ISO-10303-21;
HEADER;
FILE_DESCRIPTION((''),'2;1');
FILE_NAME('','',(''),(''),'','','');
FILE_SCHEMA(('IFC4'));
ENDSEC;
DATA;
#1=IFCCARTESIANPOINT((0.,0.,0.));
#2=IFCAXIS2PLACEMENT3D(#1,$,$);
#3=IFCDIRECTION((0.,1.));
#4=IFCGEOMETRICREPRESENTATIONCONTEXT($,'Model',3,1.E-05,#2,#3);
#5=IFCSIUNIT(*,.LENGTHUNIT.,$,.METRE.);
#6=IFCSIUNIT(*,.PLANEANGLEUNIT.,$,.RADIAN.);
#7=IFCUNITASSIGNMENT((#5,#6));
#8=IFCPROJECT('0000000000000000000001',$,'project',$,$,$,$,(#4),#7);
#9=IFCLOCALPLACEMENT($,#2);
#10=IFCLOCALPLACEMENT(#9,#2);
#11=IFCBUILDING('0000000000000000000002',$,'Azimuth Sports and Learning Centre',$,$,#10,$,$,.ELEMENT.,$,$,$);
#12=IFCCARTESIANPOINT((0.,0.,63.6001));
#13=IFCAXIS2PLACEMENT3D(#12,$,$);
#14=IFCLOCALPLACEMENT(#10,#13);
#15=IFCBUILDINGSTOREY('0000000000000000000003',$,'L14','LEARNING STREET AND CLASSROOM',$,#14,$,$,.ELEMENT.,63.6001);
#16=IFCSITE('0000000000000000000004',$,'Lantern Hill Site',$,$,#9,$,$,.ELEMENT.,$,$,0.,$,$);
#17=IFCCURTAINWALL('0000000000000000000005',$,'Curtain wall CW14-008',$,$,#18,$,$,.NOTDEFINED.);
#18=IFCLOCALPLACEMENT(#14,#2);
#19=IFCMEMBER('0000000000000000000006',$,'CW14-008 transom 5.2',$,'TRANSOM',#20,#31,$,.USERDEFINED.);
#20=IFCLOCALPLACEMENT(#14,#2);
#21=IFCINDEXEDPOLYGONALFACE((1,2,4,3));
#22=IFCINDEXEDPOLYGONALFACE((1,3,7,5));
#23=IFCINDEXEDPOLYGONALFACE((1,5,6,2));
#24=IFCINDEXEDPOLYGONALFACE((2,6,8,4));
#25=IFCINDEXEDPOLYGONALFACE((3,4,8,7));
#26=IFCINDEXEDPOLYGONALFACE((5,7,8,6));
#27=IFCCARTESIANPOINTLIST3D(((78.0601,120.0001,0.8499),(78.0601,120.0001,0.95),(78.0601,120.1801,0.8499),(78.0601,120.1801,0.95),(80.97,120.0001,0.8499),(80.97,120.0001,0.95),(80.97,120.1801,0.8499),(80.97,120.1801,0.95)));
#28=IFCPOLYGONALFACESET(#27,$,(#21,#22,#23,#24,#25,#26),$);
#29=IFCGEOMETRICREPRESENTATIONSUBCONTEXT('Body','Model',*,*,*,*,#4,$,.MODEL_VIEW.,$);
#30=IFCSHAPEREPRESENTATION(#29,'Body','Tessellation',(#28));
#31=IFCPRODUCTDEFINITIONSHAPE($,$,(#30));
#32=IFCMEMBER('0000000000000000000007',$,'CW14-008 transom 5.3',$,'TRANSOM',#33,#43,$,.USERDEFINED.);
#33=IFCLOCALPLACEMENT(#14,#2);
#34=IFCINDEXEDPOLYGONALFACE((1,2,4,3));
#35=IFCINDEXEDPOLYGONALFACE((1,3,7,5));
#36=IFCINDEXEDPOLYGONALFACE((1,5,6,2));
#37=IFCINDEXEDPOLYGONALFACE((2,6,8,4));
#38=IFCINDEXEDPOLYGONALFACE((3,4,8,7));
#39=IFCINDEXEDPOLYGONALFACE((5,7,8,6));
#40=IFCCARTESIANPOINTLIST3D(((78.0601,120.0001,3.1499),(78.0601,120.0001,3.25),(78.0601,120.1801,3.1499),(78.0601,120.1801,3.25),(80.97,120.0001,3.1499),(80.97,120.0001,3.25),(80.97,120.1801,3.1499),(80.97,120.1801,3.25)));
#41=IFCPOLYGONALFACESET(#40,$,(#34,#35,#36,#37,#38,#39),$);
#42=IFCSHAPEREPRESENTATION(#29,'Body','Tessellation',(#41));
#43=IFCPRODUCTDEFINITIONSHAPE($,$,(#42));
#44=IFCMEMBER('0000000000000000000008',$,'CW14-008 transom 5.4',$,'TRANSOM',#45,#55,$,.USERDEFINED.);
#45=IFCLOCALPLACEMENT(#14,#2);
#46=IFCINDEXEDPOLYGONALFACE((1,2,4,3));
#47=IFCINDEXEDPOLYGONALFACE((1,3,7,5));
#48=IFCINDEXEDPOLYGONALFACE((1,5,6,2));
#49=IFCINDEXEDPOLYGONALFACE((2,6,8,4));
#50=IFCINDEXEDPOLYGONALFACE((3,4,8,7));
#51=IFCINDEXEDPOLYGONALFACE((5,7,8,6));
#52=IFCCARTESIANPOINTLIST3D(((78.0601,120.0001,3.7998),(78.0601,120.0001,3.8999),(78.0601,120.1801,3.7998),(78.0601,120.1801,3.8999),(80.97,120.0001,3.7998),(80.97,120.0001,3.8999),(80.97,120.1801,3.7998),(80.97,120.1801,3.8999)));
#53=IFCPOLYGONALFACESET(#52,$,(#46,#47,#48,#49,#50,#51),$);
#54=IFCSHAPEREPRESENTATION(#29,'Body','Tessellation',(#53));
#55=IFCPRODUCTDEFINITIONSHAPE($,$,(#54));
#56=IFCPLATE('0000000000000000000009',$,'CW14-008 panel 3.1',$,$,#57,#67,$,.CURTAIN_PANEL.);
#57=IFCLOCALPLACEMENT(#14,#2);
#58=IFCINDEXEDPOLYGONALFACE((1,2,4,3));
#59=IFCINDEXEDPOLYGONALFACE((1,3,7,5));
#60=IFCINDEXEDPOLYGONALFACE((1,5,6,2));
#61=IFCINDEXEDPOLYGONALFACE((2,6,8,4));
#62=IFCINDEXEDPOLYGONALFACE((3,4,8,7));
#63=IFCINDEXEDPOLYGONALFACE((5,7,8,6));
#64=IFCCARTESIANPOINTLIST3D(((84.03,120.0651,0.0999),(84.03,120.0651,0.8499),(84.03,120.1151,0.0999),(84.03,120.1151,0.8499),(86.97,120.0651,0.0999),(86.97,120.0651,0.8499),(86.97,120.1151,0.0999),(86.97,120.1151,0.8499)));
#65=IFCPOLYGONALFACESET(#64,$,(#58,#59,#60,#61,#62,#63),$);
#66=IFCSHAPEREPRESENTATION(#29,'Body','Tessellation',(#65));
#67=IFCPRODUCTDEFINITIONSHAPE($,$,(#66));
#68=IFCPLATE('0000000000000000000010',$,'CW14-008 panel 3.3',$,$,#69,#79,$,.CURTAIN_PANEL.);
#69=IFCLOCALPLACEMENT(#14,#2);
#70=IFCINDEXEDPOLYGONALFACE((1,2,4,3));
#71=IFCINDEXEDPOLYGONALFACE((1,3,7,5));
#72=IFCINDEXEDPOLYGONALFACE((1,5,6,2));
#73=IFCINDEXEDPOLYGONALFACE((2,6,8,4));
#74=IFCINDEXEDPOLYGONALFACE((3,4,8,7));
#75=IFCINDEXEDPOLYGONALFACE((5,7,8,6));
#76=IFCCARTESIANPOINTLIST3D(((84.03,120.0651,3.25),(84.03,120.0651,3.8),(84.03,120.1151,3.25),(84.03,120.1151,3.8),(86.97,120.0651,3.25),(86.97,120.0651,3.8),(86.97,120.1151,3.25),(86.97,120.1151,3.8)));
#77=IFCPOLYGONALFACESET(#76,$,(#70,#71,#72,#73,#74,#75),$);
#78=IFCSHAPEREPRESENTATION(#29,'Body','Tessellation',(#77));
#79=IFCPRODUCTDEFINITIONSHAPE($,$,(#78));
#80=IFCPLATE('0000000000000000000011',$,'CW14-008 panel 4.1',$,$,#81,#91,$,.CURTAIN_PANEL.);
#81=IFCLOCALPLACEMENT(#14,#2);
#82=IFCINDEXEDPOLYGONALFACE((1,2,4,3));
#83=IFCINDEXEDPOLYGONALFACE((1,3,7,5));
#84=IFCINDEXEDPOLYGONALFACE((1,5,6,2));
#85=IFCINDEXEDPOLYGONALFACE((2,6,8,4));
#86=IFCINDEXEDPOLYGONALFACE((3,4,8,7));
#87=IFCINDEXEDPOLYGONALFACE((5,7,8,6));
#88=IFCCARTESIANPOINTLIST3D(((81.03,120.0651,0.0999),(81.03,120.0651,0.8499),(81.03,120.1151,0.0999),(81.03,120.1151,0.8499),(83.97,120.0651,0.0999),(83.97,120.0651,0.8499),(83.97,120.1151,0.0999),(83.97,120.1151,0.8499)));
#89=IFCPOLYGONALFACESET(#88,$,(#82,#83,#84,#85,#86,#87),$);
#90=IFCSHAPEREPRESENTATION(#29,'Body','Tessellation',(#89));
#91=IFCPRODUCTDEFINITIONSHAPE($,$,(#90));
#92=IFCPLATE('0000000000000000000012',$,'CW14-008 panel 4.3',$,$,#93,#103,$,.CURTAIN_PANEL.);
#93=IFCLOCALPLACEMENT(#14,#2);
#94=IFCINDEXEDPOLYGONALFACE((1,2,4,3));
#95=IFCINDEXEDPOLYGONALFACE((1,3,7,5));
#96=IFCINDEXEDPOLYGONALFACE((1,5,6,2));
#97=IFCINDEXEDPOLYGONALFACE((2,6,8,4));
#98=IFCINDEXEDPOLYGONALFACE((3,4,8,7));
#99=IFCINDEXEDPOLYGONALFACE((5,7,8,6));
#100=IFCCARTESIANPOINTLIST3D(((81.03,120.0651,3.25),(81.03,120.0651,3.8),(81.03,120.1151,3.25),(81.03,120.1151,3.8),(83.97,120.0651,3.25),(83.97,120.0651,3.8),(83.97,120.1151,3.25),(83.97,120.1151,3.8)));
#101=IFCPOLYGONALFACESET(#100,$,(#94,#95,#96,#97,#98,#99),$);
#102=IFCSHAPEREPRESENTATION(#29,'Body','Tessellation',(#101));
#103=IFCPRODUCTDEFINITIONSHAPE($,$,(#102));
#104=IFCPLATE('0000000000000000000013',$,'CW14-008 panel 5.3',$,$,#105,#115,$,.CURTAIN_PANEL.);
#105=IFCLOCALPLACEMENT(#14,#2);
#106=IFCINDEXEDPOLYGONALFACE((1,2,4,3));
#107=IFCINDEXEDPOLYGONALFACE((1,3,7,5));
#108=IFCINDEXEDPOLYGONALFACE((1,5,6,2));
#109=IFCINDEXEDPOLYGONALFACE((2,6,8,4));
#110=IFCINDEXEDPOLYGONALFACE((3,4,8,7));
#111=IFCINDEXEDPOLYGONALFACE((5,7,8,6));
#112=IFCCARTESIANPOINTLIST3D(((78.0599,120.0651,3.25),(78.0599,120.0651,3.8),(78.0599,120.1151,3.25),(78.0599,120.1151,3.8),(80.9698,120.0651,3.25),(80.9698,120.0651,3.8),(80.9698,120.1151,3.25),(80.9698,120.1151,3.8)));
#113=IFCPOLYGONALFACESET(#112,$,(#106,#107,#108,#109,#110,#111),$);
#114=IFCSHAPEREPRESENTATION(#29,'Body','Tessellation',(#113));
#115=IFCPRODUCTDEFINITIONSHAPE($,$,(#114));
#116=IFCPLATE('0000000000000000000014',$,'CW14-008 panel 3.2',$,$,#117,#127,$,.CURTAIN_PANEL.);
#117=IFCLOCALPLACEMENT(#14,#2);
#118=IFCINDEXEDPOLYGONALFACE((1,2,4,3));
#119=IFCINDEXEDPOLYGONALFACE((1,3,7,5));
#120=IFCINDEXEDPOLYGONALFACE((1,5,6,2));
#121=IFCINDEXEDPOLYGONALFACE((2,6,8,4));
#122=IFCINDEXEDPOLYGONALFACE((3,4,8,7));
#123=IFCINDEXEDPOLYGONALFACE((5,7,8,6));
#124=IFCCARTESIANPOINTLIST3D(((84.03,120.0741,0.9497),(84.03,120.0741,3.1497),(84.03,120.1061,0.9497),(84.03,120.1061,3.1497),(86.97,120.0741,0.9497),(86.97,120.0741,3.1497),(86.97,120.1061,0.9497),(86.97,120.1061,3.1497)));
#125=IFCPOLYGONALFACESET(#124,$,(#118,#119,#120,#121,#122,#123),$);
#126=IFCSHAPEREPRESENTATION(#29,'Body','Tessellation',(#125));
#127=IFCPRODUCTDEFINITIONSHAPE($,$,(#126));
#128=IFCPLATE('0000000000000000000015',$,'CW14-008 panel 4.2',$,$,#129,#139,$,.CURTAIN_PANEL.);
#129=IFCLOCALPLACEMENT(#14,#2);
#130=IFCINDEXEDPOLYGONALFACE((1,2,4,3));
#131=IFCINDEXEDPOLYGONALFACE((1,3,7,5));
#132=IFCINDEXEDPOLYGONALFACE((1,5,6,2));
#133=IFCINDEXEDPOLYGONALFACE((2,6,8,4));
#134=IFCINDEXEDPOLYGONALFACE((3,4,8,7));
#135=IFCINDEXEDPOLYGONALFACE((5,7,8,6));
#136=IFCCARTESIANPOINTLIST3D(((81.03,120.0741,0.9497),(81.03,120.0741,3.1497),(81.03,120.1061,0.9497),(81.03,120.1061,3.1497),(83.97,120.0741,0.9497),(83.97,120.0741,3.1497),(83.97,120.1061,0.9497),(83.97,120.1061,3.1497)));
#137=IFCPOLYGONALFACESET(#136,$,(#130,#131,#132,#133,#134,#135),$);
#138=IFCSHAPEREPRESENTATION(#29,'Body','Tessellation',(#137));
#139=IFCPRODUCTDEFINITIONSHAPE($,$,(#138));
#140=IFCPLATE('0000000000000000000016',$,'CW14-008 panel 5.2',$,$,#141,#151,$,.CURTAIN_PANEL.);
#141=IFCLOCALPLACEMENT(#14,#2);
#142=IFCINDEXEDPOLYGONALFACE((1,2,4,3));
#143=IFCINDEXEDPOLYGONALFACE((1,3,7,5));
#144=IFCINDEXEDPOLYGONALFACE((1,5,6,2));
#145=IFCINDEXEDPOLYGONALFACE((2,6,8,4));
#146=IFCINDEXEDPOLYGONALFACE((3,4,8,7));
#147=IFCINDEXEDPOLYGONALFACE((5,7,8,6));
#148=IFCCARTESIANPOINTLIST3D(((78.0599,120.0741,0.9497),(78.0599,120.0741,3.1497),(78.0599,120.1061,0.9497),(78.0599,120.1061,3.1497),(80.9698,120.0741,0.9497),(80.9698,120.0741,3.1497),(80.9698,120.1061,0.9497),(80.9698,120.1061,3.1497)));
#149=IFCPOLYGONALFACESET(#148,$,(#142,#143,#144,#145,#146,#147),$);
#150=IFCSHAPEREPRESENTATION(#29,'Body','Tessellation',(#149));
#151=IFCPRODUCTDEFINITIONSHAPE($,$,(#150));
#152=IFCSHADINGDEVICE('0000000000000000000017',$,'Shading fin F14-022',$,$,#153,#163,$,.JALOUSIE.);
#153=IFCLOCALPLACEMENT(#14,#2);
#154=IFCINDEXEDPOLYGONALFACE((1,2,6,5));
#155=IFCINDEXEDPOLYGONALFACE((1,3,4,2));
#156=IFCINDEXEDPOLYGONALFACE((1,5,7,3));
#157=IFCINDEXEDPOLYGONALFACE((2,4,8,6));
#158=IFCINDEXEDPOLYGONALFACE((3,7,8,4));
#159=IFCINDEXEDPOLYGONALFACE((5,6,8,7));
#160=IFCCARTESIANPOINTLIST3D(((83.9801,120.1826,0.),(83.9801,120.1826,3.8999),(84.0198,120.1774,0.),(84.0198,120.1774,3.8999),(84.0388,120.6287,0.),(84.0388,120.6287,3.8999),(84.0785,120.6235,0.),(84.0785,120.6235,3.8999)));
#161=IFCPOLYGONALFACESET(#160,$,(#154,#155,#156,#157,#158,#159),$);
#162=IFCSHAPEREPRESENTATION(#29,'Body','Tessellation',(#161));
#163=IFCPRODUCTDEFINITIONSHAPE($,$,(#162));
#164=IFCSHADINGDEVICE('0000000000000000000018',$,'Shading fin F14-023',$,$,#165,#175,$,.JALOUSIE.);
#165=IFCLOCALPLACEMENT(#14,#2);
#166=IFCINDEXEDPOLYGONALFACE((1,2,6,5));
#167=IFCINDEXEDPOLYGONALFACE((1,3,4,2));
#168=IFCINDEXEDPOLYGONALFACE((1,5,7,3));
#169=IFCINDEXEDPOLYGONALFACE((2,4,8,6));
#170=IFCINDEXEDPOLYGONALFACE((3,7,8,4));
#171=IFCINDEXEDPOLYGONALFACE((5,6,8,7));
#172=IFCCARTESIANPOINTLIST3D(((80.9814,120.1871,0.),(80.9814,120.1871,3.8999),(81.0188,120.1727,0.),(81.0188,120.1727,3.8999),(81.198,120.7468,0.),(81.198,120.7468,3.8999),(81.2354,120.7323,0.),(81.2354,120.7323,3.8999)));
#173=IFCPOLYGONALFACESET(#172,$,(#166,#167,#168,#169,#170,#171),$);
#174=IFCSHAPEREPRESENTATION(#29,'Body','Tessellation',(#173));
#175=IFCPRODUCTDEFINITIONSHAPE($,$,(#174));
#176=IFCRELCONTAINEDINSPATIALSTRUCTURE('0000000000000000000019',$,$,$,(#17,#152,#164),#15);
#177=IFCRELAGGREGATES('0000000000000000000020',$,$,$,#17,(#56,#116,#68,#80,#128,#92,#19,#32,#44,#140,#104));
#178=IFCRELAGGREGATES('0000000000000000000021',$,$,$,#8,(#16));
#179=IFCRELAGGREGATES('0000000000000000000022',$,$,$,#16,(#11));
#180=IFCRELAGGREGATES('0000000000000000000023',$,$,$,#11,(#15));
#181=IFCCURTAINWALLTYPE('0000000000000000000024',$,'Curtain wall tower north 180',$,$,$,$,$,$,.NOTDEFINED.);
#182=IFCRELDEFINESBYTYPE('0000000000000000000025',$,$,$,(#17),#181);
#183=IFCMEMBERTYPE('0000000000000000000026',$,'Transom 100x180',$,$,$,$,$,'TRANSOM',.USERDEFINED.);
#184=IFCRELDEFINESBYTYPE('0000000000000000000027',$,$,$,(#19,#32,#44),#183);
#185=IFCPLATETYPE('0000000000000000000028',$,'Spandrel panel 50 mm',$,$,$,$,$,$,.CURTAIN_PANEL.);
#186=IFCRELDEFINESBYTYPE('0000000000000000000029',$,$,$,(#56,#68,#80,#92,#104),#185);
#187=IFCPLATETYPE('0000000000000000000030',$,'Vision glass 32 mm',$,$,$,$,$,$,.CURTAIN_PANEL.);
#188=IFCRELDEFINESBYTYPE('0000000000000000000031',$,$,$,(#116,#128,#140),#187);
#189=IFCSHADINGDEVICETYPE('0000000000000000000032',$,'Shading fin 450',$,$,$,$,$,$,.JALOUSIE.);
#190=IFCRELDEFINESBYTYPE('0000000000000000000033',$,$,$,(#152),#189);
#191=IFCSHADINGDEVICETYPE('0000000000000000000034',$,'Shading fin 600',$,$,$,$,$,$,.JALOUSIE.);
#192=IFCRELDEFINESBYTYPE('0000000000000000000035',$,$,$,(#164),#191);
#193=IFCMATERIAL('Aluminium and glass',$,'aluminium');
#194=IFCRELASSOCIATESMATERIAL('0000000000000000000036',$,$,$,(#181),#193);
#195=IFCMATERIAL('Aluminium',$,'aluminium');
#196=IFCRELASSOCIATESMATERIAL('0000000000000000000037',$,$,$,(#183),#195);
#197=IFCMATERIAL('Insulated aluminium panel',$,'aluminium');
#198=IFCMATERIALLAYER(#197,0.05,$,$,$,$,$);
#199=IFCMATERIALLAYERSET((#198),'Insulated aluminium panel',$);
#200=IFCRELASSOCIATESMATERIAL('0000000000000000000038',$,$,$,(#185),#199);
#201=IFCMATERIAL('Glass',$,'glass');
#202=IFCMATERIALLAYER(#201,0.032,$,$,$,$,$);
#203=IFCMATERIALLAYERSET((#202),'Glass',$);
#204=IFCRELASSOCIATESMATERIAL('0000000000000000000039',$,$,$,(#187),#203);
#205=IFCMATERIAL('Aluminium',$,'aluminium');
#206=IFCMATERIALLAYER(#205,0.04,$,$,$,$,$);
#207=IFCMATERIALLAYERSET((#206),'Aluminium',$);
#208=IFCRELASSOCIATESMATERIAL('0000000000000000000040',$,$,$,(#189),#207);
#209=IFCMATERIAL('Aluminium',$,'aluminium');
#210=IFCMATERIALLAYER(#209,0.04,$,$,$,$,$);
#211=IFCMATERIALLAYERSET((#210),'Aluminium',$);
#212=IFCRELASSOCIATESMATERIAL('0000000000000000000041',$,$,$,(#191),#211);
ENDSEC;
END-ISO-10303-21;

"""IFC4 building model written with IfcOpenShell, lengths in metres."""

from ifc_helpers import new_model, si_unit, direction, frame, origin, origin_2d, place, context, subcontext, project, spatial, rectangle, extrude, material, layer, layer_set, material_profile, profile_set, type_object, element, aggregate, save


model = new_model("IFC4")

# Units and contexts
model_context = context("Model", 3, precision=1e-05, world=origin(), true_north=direction((0.0, 1.0)))
body_context = subcontext(model_context, "Body", "Model", "MODEL_VIEW")
ifc_project = project(units=[si_unit("LENGTHUNIT", "METRE"), si_unit("PLANEANGLEUNIT", "RADIAN")], contexts=[model_context])

# Site, building, storey
site_placement = place(None, origin())
site = spatial("IfcSite", under=ifc_project, at=site_placement, Name="Lantern Hill Site", CompositionType="ELEMENT", RefElevation=0.0)
building_placement = place(site_placement, origin())
building = spatial("IfcBuilding", under=site, at=building_placement, Name="Azimuth Sports and Learning Centre", CompositionType="ELEMENT")
storey_placement = place(building_placement, frame((0.0, 0.0, 63.6001)))
storey = spatial("IfcBuildingStorey", under=building, at=storey_placement, Name="L14", Description="LEARNING STREET AND CLASSROOM", CompositionType="ELEMENT", Elevation=63.6001)

# Curtain wall, members, plates
ifc_material_1 = material(Name="Aluminium and glass", Category="aluminium")
curtain_wall_type = type_object("IfcCurtainWallType", Name="Curtain wall tower north 180", PredefinedType="NOTDEFINED", material=ifc_material_1)
curtain_wall_placement = place(storey_placement, origin())
curtain_wall = element("IfcCurtainWall", 1, at=curtain_wall_placement, inside=storey, type_object=curtain_wall_type, Name="Curtain wall CW14-008", PredefinedType="NOTDEFINED")
ifc_material_2 = material(Name="Aluminium", Category="aluminium")
ifc_material_profile_1 = material_profile(ifc_material_2, rectangle(XDim=0.1799, YDim=0.1001, at=origin_2d()), Name="Transom 100x180")
ifc_profile_set_1 = profile_set([ifc_material_profile_1], Name="Aluminium")
member_type_1 = type_object("IfcMemberType", Name="Transom 100x180", ElementType="TRANSOM", PredefinedType="USERDEFINED", material=ifc_profile_set_1)
member_1_placement = place(storey_placement, frame((80.97, 120.0901, 0.8999), z_axis=(-1.0, 0.0, 0.0), x_axis=(0.0, -1.0, 0.0)))
member_1 = element("IfcMember", 2, at=member_1_placement, type_object=member_type_1, Name="CW14-008 transom 5.2", ObjectType="TRANSOM", PredefinedType="USERDEFINED", context=body_context, shape_type="SweptSolid", body=[
    extrude(rectangle(XDim=0.1799, YDim=0.1001, at=origin_2d()), origin(), (0.0, 0.0, 1.0), 2.9099),
])
member_2_placement = place(storey_placement, frame((80.97, 120.0901, 3.2), z_axis=(-1.0, 0.0, 0.0), x_axis=(0.0, -1.0, 0.0)))
member_2 = element("IfcMember", 3, at=member_2_placement, type_object=member_type_1, Name="CW14-008 transom 5.3", ObjectType="TRANSOM", PredefinedType="USERDEFINED", context=body_context, shape_type="SweptSolid", body=[
    extrude(rectangle(XDim=0.1799, YDim=0.1001, at=origin_2d()), origin(), (0.0, 0.0, 1.0), 2.9099),
])
member_3_placement = place(storey_placement, frame((80.97, 120.0901, 3.8499), z_axis=(-1.0, 0.0, 0.0), x_axis=(0.0, -1.0, 0.0)))
member_3 = element("IfcMember", 4, at=member_3_placement, type_object=member_type_1, Name="CW14-008 transom 5.4", ObjectType="TRANSOM", PredefinedType="USERDEFINED", context=body_context, shape_type="SweptSolid", body=[
    extrude(rectangle(XDim=0.1799, YDim=0.1001, at=origin_2d()), origin(), (0.0, 0.0, 1.0), 2.9099),
])
ifc_material_3 = material(Name="Insulated aluminium panel", Category="aluminium")
ifc_layer_1 = layer(ifc_material_3, 0.05)
ifc_layer_set_1 = layer_set([ifc_layer_1], Name="Insulated aluminium panel")
plate_type_1 = type_object("IfcPlateType", Name="Spandrel panel 50 mm", PredefinedType="CURTAIN_PANEL", material=ifc_layer_set_1)
plate_1_placement = place(storey_placement, frame((85.5, 120.0901, 0.0999), z_axis=(0.0, 0.0, 1.0), x_axis=(-1.0, 0.0, 0.0)))
plate_1 = element("IfcPlate", 5, at=plate_1_placement, type_object=plate_type_1, Name="CW14-008 panel 3.1", PredefinedType="CURTAIN_PANEL", context=body_context, shape_type="SweptSolid", body=[
    extrude(rectangle(XDim=2.9399, YDim=0.05, at=origin_2d()), origin(), (0.0, 0.0, 1.0), 0.75),
])
plate_2_placement = place(storey_placement, frame((85.5, 120.0901, 3.25), z_axis=(0.0, 0.0, 1.0), x_axis=(-1.0, 0.0, 0.0)))
plate_2 = element("IfcPlate", 6, at=plate_2_placement, type_object=plate_type_1, Name="CW14-008 panel 3.3", PredefinedType="CURTAIN_PANEL", context=body_context, shape_type="SweptSolid", body=[
    extrude(rectangle(XDim=2.9399, YDim=0.05, at=origin_2d()), origin(), (0.0, 0.0, 1.0), 0.55),
])
plate_3_placement = place(storey_placement, frame((82.5, 120.0901, 0.0999), z_axis=(0.0, 0.0, 1.0), x_axis=(-1.0, 0.0, 0.0)))
plate_3 = element("IfcPlate", 7, at=plate_3_placement, type_object=plate_type_1, Name="CW14-008 panel 4.1", PredefinedType="CURTAIN_PANEL", context=body_context, shape_type="SweptSolid", body=[
    extrude(rectangle(XDim=2.9399, YDim=0.05, at=origin_2d()), origin(), (0.0, 0.0, 1.0), 0.75),
])
plate_4_placement = place(storey_placement, frame((82.5, 120.0901, 3.25), z_axis=(0.0, 0.0, 1.0), x_axis=(-1.0, 0.0, 0.0)))
plate_4 = element("IfcPlate", 8, at=plate_4_placement, type_object=plate_type_1, Name="CW14-008 panel 4.3", PredefinedType="CURTAIN_PANEL", context=body_context, shape_type="SweptSolid", body=[
    extrude(rectangle(XDim=2.9399, YDim=0.05, at=origin_2d()), origin(), (0.0, 0.0, 1.0), 0.55),
])
plate_5_placement = place(storey_placement, frame((79.5149, 120.0901, 3.25), z_axis=(0.0, 0.0, 1.0), x_axis=(-1.0, 0.0, 0.0)))
plate_5 = element("IfcPlate", 9, at=plate_5_placement, type_object=plate_type_1, Name="CW14-008 panel 5.3", PredefinedType="CURTAIN_PANEL", context=body_context, shape_type="SweptSolid", body=[
    extrude(rectangle(XDim=2.9099, YDim=0.05, at=origin_2d()), origin(), (0.0, 0.0, 1.0), 0.55),
])
ifc_material_4 = material(Name="Glass", Category="glass")
ifc_layer_2 = layer(ifc_material_4, 0.032)
ifc_layer_set_2 = layer_set([ifc_layer_2], Name="Glass")
plate_type_2 = type_object("IfcPlateType", Name="Vision glass 32 mm", PredefinedType="CURTAIN_PANEL", material=ifc_layer_set_2)
plate_6_placement = place(storey_placement, frame((85.5, 120.0901, 0.9497), z_axis=(0.0, 0.0, 1.0), x_axis=(-1.0, 0.0, 0.0)))
plate_6 = element("IfcPlate", 10, at=plate_6_placement, type_object=plate_type_2, Name="CW14-008 panel 3.2", PredefinedType="CURTAIN_PANEL", context=body_context, shape_type="SweptSolid", body=[
    extrude(rectangle(XDim=2.9399, YDim=0.032, at=origin_2d()), origin(), (0.0, 0.0, 1.0), 2.2),
])
plate_7_placement = place(storey_placement, frame((82.5, 120.0901, 0.9497), z_axis=(0.0, 0.0, 1.0), x_axis=(-1.0, 0.0, 0.0)))
plate_7 = element("IfcPlate", 11, at=plate_7_placement, type_object=plate_type_2, Name="CW14-008 panel 4.2", PredefinedType="CURTAIN_PANEL", context=body_context, shape_type="SweptSolid", body=[
    extrude(rectangle(XDim=2.9399, YDim=0.032, at=origin_2d()), origin(), (0.0, 0.0, 1.0), 2.2),
])
plate_8_placement = place(storey_placement, frame((79.5149, 120.0901, 0.9497), z_axis=(0.0, 0.0, 1.0), x_axis=(-1.0, 0.0, 0.0)))
plate_8 = element("IfcPlate", 12, at=plate_8_placement, type_object=plate_type_2, Name="CW14-008 panel 5.2", PredefinedType="CURTAIN_PANEL", context=body_context, shape_type="SweptSolid", body=[
    extrude(rectangle(XDim=2.9099, YDim=0.032, at=origin_2d()), origin(), (0.0, 0.0, 1.0), 2.2),
])
aggregate(curtain_wall, [plate_1, plate_6, plate_2, plate_3, plate_7, plate_4, member_1, member_2, member_3, plate_8, plate_5])

# Shading devices
ifc_material_5 = material(Name="Aluminium", Category="aluminium")
ifc_layer_3 = layer(ifc_material_5, 0.04)
ifc_layer_set_3 = layer_set([ifc_layer_3], Name="Aluminium")
shading_device_type_1 = type_object("IfcShadingDeviceType", Name="Shading fin 450", PredefinedType="JALOUSIE", material=ifc_layer_set_3)
shading_device_1_placement = place(storey_placement, frame((84.0293, 120.4031, 0.0), z_axis=(0.0, 0.0, 1.0), x_axis=(0.130264, 0.991479, 0.0)))
element("IfcShadingDevice", 13, at=shading_device_1_placement, inside=storey, type_object=shading_device_type_1, Name="Shading fin F14-022", PredefinedType="JALOUSIE", context=body_context, shape_type="SweptSolid", body=[
    extrude(rectangle(XDim=0.45, YDim=0.04, at=origin_2d()), origin(), (0.0, 0.0, 1.0), 3.8999),
])
ifc_material_6 = material(Name="Aluminium", Category="aluminium")
ifc_layer_4 = layer(ifc_material_6, 0.04)
ifc_layer_set_4 = layer_set([ifc_layer_4], Name="Aluminium")
shading_device_type_2 = type_object("IfcShadingDeviceType", Name="Shading fin 600", PredefinedType="JALOUSIE", material=ifc_layer_set_4)
shading_device_2_placement = place(storey_placement, frame((81.1084, 120.4597, 0.0), z_axis=(0.0, 0.0, 1.0), x_axis=(0.360978, 0.932574, 0.0)))
element("IfcShadingDevice", 14, at=shading_device_2_placement, inside=storey, type_object=shading_device_type_2, Name="Shading fin F14-023", PredefinedType="JALOUSIE", context=body_context, shape_type="SweptSolid", body=[
    extrude(rectangle(XDim=0.6001, YDim=0.04, at=origin_2d()), origin(), (0.0, 0.0, 1.0), 3.8999),
])

save(model, "model.ifc")
